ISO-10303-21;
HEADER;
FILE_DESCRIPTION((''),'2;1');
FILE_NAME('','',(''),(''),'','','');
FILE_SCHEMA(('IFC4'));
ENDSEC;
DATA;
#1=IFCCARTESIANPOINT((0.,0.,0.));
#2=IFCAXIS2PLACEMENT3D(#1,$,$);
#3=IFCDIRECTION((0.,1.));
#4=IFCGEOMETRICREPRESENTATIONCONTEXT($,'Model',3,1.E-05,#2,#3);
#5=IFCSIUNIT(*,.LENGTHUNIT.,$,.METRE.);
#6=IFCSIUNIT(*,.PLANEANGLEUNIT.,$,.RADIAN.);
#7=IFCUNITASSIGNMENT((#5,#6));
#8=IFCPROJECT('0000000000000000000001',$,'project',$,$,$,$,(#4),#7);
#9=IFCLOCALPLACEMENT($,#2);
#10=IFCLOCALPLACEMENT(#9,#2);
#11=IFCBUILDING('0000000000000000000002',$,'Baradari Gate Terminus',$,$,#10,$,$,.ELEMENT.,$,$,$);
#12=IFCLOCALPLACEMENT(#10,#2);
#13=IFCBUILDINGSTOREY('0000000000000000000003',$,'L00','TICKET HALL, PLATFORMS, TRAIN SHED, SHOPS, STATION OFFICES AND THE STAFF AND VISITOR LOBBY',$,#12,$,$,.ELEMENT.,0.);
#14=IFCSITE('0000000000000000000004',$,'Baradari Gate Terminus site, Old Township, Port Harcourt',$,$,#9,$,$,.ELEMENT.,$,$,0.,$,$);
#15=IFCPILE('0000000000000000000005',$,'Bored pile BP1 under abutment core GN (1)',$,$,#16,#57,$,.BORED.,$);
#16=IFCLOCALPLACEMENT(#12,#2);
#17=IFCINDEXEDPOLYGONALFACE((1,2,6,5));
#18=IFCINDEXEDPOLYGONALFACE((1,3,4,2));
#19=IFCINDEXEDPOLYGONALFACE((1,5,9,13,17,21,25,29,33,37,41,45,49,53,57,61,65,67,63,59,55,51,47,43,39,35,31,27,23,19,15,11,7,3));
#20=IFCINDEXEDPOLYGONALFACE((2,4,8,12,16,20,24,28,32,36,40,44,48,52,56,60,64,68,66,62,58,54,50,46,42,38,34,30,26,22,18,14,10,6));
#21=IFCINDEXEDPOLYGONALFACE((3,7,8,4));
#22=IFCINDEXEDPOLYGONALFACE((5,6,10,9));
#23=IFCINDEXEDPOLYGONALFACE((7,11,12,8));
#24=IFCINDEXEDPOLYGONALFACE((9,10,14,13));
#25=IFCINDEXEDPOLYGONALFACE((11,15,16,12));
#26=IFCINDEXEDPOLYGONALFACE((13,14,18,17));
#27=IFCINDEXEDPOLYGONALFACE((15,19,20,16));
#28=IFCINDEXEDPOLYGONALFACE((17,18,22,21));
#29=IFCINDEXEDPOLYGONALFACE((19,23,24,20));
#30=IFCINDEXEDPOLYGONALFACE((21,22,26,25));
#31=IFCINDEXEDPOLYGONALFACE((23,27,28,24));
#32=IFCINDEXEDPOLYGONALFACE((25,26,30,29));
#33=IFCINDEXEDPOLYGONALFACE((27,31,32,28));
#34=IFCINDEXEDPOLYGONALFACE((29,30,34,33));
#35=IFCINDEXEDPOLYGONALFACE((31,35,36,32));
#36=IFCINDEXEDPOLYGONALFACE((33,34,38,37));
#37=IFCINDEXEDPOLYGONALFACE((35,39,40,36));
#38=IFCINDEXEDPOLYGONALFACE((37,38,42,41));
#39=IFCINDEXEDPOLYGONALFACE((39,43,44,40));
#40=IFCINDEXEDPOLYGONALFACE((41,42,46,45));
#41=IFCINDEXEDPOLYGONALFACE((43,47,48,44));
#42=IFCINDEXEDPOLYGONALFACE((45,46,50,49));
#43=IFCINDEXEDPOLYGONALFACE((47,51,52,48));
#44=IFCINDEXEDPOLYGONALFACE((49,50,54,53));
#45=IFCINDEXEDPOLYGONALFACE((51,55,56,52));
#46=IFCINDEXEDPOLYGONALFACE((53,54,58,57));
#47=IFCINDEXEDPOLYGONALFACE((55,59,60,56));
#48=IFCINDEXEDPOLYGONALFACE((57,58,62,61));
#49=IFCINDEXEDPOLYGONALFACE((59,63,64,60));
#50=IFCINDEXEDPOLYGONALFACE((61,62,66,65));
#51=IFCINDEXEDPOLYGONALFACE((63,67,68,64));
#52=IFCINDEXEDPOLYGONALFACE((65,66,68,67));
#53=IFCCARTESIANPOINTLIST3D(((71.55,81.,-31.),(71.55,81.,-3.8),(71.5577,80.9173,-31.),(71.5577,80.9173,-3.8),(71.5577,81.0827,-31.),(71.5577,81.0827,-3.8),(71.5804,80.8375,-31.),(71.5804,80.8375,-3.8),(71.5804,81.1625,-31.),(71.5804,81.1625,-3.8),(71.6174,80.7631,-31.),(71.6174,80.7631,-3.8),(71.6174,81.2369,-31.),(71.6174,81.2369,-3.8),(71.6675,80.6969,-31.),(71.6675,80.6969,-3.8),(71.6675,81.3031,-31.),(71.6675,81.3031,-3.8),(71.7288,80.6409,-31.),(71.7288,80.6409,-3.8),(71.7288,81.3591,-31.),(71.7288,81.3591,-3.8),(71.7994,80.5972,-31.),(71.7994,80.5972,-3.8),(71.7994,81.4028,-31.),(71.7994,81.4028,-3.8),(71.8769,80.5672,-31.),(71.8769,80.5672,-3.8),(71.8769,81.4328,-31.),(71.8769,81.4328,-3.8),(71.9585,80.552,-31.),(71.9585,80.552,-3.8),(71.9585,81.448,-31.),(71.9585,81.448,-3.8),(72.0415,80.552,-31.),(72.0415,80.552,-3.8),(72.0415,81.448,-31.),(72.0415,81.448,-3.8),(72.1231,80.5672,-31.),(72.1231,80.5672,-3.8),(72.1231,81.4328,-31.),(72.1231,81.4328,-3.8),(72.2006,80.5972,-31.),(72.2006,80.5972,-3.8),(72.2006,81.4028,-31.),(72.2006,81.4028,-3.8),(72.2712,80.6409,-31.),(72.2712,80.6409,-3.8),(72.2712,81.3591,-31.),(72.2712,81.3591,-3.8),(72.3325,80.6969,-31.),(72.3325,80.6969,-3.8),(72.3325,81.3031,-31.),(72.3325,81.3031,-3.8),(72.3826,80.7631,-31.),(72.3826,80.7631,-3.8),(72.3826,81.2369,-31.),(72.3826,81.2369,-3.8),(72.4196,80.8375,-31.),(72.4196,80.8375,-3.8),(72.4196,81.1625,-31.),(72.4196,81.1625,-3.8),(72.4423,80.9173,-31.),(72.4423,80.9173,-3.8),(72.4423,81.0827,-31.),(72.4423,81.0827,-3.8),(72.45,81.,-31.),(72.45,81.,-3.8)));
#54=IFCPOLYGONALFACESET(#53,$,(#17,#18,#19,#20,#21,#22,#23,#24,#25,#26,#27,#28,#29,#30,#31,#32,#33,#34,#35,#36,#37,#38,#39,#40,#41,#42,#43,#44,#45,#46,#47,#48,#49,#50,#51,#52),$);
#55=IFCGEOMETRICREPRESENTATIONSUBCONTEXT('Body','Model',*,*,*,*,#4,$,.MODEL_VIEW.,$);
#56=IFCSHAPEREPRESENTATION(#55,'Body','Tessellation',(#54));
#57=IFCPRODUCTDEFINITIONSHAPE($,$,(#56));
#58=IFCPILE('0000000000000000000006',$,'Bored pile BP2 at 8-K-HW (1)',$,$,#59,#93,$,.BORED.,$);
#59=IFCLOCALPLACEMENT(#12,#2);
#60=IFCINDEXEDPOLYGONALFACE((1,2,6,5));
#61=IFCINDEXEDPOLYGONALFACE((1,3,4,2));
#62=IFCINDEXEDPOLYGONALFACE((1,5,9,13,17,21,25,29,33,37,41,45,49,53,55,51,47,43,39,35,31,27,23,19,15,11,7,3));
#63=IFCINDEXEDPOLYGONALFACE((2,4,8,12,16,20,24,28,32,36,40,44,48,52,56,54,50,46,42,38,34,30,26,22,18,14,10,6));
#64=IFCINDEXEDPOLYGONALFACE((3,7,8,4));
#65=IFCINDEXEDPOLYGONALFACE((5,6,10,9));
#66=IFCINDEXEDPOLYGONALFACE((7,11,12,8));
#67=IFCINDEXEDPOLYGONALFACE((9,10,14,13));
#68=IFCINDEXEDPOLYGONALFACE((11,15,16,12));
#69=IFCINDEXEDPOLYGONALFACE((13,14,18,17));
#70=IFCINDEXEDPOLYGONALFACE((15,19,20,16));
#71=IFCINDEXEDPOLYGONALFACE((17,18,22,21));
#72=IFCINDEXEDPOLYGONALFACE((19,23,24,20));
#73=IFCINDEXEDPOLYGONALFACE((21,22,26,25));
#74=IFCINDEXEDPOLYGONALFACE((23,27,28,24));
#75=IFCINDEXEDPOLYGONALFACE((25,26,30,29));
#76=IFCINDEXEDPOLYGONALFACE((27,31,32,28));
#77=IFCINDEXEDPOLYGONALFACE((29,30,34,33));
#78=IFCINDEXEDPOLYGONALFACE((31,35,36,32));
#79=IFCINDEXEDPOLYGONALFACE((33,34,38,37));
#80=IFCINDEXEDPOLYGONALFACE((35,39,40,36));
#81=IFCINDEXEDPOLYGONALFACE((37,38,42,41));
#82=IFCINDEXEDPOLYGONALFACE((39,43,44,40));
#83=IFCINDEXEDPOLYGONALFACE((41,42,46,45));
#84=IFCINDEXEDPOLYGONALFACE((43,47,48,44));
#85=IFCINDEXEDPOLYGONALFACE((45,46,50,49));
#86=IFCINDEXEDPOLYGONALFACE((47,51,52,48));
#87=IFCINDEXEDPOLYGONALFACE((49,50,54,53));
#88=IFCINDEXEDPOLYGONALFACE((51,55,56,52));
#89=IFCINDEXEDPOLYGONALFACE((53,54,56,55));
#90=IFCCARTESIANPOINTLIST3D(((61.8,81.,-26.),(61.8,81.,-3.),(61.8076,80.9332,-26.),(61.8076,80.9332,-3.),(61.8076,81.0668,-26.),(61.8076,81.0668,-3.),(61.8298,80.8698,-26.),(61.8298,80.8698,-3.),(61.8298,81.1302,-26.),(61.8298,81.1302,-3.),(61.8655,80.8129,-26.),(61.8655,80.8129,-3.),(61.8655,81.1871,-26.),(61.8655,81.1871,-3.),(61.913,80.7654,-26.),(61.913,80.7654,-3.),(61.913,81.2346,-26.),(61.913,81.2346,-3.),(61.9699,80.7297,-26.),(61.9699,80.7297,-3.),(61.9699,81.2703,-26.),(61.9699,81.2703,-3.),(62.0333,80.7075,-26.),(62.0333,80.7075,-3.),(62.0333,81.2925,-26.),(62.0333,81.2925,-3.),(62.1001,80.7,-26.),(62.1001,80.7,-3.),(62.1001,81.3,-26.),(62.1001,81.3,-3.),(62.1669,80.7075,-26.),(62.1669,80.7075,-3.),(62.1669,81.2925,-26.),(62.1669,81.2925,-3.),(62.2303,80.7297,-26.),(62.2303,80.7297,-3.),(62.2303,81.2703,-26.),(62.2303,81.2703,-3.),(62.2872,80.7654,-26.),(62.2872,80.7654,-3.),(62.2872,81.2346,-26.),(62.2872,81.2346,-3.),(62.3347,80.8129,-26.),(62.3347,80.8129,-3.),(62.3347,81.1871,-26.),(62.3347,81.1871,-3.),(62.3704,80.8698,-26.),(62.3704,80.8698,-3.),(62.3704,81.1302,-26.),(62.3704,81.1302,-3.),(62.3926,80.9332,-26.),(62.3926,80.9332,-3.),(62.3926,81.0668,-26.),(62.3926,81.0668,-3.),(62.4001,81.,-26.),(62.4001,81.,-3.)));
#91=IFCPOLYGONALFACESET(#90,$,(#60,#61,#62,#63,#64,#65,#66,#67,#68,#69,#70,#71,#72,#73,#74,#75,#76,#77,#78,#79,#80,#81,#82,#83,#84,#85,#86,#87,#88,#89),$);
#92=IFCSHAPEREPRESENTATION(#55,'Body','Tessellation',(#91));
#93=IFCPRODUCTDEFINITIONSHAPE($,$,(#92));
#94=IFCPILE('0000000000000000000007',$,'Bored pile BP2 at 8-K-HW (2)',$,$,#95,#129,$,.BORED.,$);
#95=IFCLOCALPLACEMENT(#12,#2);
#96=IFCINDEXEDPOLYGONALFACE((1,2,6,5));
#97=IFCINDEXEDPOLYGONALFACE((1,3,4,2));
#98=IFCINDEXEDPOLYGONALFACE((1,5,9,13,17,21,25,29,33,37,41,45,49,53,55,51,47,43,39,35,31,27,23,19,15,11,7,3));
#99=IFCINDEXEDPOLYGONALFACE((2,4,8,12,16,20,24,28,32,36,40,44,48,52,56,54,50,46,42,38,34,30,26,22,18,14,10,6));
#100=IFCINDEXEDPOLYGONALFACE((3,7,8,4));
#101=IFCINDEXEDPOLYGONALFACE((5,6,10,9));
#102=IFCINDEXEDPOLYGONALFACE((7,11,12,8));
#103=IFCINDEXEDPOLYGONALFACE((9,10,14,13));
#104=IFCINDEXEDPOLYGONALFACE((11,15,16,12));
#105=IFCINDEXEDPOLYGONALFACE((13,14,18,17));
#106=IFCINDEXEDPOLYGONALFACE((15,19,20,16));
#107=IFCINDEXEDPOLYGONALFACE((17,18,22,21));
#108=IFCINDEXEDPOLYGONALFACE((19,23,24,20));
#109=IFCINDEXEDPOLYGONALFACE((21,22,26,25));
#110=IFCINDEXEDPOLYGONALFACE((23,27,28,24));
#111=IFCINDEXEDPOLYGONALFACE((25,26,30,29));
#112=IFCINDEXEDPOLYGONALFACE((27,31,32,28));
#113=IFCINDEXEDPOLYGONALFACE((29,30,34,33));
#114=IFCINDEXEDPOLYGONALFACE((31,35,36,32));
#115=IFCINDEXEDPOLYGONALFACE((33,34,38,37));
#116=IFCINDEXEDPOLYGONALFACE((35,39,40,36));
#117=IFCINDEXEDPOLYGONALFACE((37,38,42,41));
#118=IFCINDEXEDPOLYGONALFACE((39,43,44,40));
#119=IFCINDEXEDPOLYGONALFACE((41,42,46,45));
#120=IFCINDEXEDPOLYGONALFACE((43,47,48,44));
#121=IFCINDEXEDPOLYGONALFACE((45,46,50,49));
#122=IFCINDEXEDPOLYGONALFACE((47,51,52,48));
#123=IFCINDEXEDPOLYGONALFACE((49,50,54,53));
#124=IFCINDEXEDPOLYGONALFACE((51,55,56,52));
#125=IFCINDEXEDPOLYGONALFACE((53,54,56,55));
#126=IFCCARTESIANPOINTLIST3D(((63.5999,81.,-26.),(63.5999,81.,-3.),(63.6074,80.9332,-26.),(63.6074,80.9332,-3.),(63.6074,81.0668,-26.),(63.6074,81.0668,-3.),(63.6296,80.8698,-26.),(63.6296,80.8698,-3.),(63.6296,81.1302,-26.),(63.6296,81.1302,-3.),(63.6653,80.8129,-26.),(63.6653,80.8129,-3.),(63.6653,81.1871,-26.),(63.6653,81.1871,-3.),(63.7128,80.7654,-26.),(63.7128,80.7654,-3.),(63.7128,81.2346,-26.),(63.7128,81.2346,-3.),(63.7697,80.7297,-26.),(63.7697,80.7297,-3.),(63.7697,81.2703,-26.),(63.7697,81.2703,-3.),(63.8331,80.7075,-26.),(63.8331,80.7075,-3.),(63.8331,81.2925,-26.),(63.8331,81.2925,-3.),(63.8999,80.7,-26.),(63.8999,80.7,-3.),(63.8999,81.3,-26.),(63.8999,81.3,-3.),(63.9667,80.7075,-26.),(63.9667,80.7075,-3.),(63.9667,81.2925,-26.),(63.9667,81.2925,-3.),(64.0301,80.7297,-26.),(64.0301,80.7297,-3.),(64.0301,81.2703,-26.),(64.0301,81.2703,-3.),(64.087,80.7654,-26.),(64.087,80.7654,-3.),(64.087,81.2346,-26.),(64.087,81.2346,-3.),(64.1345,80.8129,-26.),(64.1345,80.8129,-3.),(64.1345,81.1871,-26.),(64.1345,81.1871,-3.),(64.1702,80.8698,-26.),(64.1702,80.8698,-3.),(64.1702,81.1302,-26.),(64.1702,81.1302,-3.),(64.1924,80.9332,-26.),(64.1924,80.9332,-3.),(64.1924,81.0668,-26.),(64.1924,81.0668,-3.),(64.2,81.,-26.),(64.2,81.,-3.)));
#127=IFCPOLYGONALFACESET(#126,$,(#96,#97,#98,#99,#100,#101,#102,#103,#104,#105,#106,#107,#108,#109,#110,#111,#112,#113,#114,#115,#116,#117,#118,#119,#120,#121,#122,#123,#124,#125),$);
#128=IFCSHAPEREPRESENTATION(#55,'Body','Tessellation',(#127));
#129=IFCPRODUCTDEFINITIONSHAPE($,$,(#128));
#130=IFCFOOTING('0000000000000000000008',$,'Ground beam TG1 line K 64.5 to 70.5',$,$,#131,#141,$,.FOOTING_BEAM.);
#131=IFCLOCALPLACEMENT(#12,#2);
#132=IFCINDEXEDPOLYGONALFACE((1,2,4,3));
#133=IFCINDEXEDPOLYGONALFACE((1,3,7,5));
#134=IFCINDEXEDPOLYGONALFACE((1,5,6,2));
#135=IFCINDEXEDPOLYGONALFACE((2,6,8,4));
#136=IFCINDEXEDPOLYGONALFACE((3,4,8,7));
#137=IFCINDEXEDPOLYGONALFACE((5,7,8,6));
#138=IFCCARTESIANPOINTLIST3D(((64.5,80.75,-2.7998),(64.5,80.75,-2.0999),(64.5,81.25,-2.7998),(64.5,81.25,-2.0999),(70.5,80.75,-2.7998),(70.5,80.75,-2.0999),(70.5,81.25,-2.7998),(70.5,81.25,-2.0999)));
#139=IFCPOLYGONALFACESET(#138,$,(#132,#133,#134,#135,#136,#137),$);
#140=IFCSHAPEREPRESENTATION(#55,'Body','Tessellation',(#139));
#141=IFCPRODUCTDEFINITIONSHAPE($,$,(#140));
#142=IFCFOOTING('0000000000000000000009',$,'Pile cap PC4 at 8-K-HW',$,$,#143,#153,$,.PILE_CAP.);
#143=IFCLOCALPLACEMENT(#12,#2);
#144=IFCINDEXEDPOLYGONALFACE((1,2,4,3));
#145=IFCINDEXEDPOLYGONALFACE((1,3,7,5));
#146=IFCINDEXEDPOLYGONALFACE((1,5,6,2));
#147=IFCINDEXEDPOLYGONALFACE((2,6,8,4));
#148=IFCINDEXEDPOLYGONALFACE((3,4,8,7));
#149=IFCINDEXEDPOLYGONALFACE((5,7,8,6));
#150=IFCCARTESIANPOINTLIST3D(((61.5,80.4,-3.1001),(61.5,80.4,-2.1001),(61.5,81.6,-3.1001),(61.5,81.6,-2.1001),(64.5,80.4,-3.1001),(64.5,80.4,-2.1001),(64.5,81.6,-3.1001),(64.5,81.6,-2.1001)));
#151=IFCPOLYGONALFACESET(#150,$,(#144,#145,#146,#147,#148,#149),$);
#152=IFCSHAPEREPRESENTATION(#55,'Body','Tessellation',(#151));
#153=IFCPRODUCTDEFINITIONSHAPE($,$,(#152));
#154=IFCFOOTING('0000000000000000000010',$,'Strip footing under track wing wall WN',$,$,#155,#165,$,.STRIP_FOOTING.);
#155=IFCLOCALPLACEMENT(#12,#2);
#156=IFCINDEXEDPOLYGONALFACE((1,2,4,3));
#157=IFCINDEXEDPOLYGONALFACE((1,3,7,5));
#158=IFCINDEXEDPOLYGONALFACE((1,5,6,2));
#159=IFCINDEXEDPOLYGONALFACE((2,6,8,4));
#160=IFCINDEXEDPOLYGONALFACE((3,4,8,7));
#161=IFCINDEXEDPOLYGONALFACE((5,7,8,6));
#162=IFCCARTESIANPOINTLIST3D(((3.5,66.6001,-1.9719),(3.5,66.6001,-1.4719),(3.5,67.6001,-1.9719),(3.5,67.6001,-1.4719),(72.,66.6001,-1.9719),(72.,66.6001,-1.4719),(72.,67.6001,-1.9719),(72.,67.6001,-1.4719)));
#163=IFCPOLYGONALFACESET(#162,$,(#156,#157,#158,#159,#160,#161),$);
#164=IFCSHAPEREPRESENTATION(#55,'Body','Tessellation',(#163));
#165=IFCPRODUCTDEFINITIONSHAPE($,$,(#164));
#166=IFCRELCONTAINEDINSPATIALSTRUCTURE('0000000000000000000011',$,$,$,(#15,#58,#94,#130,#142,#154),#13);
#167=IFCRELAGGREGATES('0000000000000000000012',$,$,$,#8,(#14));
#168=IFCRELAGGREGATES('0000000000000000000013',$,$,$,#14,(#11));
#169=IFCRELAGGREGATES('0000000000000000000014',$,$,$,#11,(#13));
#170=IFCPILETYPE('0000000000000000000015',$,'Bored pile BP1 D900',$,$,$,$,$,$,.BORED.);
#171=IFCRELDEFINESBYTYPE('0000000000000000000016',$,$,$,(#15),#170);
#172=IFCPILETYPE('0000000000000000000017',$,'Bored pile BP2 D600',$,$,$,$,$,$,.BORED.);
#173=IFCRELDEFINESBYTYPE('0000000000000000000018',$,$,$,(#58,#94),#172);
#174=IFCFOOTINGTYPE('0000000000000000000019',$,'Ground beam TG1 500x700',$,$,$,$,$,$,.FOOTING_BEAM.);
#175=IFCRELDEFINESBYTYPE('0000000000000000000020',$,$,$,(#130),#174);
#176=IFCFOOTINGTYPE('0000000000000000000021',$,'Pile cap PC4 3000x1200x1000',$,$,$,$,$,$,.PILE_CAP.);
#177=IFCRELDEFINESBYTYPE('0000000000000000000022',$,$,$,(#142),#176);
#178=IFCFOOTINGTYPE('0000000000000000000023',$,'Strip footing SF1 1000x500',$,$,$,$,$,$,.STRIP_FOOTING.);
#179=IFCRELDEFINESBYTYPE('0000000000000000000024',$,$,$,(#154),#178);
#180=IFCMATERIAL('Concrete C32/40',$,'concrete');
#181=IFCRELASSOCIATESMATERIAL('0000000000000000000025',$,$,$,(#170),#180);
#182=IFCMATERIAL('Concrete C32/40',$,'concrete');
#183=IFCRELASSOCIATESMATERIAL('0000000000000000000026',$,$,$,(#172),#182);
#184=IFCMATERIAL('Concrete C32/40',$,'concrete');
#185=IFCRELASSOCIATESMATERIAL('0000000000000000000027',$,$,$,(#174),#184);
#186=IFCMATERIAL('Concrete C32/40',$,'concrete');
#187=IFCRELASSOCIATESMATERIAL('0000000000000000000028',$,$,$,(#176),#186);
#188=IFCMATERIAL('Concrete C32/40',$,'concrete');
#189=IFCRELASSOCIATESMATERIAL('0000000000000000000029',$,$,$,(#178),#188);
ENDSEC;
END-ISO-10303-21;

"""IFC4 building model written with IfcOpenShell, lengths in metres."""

from ifc_helpers import new_model, si_unit, direction, frame, origin, origin_2d, place, context, subcontext, project, spatial, rectangle, circle, extrude, material, type_object, element, save


model = new_model("IFC4")

# Units and contexts
model_context = context("Model", 3, precision=1e-05, world=origin(), true_north=direction((0.0, 1.0)))
body_context = subcontext(model_context, "Body", "Model", "MODEL_VIEW")
ifc_project = project(units=[si_unit("LENGTHUNIT", "METRE"), si_unit("PLANEANGLEUNIT", "RADIAN")], contexts=[model_context])

# Site, building, storey
site_placement = place(None, origin())
site = spatial("IfcSite", under=ifc_project, at=site_placement, Name="Baradari Gate Terminus site, Old Township, Port Harcourt", CompositionType="ELEMENT", RefElevation=0.0)
building_placement = place(site_placement, origin())
building = spatial("IfcBuilding", under=site, at=building_placement, Name="Baradari Gate Terminus", CompositionType="ELEMENT")
storey_placement = place(building_placement, origin())
storey = spatial("IfcBuildingStorey", under=building, at=storey_placement, Name="L00", Description="TICKET HALL, PLATFORMS, TRAIN SHED, SHOPS, STATION OFFICES AND THE STAFF AND VISITOR LOBBY", CompositionType="ELEMENT", Elevation=0.0)

# Piles
ifc_material_1 = material(Name="Concrete C32/40", Category="concrete")
pile_type_1 = type_object("IfcPileType", Name="Bored pile BP1 D900", PredefinedType="BORED", material=ifc_material_1)
pile_placement = place(storey_placement, frame((72.0, 81.0, -3.8), z_axis=(0.0, 0.0, -1.0), x_axis=(1.0, 0.0, 0.0)))
element("IfcPile", 1, at=pile_placement, inside=storey, type_object=pile_type_1, Name="Bored pile BP1 under abutment core GN (1)", PredefinedType="BORED", context=body_context, shape_type="SweptSolid", body=[
    extrude(circle(Radius=0.45, at=origin_2d()), origin(), (0.0, 0.0, 1.0), 27.2),
])
ifc_material_2 = material(Name="Concrete C32/40", Category="concrete")
pile_type_2 = type_object("IfcPileType", Name="Bored pile BP2 D600", PredefinedType="BORED", material=ifc_material_2)
for number, where, z_axis, x_axis, name in (
    (2, (62.1001, 81.0, -3.0), (0.0, 0.0, -1.0), (1.0, 0.0, 0.0), "Bored pile BP2 at 8-K-HW (1)"),
    (3, (63.8999, 81.0, -3.0), (0.0, 0.0, -1.0), (1.0, 0.0, 0.0), "Bored pile BP2 at 8-K-HW (2)"),
):
    element("IfcPile", number, at=place(storey_placement, frame(where, z_axis=z_axis, x_axis=x_axis)), inside=storey, type_object=pile_type_2, Name=name, PredefinedType="BORED", context=body_context, shape_type="SweptSolid", body=[
        extrude(circle(Radius=0.3, at=origin_2d()), origin(), (0.0, 0.0, 1.0), 23.0),
    ])

# Footings
ifc_material_3 = material(Name="Concrete C32/40", Category="concrete")
footing_type_1 = type_object("IfcFootingType", Name="Ground beam TG1 500x700", PredefinedType="FOOTING_BEAM", material=ifc_material_3)
footing_1_placement = place(storey_placement, frame((67.5, 81.0, -2.7998), z_axis=(0.0, 0.0, 1.0), x_axis=(1.0, 0.0, 0.0)))
element("IfcFooting", 4, at=footing_1_placement, inside=storey, type_object=footing_type_1, Name="Ground beam TG1 line K 64.5 to 70.5", PredefinedType="FOOTING_BEAM", context=body_context, shape_type="SweptSolid", body=[
    extrude(rectangle(XDim=6.0, YDim=0.5, at=origin_2d()), origin(), (0.0, 0.0, 1.0), 0.7),
])
ifc_material_4 = material(Name="Concrete C32/40", Category="concrete")
footing_type_2 = type_object("IfcFootingType", Name="Pile cap PC4 3000x1200x1000", PredefinedType="PILE_CAP", material=ifc_material_4)
footing_2_placement = place(storey_placement, frame((63.0, 81.0, -3.1001), z_axis=(0.0, 0.0, 1.0), x_axis=(1.0, 0.0, 0.0)))
element("IfcFooting", 5, at=footing_2_placement, inside=storey, type_object=footing_type_2, Name="Pile cap PC4 at 8-K-HW", PredefinedType="PILE_CAP", context=body_context, shape_type="SweptSolid", body=[
    extrude(rectangle(XDim=3.0, YDim=1.2, at=origin_2d()), origin(), (0.0, 0.0, 1.0), 1.0),
])
ifc_material_5 = material(Name="Concrete C32/40", Category="concrete")
footing_type_3 = type_object("IfcFootingType", Name="Strip footing SF1 1000x500", PredefinedType="STRIP_FOOTING", material=ifc_material_5)
footing_3_placement = place(storey_placement, frame((37.75, 67.1001, -1.9719), z_axis=(0.0, 0.0, 1.0), x_axis=(1.0, 0.0, 0.0)))
element("IfcFooting", 6, at=footing_3_placement, inside=storey, type_object=footing_type_3, Name="Strip footing under track wing wall WN", PredefinedType="STRIP_FOOTING", context=body_context, shape_type="SweptSolid", body=[
    extrude(rectangle(XDim=68.5, YDim=1.0, at=origin_2d()), origin(), (0.0, 0.0, 1.0), 0.5),
])

save(model, "model.ifc")
